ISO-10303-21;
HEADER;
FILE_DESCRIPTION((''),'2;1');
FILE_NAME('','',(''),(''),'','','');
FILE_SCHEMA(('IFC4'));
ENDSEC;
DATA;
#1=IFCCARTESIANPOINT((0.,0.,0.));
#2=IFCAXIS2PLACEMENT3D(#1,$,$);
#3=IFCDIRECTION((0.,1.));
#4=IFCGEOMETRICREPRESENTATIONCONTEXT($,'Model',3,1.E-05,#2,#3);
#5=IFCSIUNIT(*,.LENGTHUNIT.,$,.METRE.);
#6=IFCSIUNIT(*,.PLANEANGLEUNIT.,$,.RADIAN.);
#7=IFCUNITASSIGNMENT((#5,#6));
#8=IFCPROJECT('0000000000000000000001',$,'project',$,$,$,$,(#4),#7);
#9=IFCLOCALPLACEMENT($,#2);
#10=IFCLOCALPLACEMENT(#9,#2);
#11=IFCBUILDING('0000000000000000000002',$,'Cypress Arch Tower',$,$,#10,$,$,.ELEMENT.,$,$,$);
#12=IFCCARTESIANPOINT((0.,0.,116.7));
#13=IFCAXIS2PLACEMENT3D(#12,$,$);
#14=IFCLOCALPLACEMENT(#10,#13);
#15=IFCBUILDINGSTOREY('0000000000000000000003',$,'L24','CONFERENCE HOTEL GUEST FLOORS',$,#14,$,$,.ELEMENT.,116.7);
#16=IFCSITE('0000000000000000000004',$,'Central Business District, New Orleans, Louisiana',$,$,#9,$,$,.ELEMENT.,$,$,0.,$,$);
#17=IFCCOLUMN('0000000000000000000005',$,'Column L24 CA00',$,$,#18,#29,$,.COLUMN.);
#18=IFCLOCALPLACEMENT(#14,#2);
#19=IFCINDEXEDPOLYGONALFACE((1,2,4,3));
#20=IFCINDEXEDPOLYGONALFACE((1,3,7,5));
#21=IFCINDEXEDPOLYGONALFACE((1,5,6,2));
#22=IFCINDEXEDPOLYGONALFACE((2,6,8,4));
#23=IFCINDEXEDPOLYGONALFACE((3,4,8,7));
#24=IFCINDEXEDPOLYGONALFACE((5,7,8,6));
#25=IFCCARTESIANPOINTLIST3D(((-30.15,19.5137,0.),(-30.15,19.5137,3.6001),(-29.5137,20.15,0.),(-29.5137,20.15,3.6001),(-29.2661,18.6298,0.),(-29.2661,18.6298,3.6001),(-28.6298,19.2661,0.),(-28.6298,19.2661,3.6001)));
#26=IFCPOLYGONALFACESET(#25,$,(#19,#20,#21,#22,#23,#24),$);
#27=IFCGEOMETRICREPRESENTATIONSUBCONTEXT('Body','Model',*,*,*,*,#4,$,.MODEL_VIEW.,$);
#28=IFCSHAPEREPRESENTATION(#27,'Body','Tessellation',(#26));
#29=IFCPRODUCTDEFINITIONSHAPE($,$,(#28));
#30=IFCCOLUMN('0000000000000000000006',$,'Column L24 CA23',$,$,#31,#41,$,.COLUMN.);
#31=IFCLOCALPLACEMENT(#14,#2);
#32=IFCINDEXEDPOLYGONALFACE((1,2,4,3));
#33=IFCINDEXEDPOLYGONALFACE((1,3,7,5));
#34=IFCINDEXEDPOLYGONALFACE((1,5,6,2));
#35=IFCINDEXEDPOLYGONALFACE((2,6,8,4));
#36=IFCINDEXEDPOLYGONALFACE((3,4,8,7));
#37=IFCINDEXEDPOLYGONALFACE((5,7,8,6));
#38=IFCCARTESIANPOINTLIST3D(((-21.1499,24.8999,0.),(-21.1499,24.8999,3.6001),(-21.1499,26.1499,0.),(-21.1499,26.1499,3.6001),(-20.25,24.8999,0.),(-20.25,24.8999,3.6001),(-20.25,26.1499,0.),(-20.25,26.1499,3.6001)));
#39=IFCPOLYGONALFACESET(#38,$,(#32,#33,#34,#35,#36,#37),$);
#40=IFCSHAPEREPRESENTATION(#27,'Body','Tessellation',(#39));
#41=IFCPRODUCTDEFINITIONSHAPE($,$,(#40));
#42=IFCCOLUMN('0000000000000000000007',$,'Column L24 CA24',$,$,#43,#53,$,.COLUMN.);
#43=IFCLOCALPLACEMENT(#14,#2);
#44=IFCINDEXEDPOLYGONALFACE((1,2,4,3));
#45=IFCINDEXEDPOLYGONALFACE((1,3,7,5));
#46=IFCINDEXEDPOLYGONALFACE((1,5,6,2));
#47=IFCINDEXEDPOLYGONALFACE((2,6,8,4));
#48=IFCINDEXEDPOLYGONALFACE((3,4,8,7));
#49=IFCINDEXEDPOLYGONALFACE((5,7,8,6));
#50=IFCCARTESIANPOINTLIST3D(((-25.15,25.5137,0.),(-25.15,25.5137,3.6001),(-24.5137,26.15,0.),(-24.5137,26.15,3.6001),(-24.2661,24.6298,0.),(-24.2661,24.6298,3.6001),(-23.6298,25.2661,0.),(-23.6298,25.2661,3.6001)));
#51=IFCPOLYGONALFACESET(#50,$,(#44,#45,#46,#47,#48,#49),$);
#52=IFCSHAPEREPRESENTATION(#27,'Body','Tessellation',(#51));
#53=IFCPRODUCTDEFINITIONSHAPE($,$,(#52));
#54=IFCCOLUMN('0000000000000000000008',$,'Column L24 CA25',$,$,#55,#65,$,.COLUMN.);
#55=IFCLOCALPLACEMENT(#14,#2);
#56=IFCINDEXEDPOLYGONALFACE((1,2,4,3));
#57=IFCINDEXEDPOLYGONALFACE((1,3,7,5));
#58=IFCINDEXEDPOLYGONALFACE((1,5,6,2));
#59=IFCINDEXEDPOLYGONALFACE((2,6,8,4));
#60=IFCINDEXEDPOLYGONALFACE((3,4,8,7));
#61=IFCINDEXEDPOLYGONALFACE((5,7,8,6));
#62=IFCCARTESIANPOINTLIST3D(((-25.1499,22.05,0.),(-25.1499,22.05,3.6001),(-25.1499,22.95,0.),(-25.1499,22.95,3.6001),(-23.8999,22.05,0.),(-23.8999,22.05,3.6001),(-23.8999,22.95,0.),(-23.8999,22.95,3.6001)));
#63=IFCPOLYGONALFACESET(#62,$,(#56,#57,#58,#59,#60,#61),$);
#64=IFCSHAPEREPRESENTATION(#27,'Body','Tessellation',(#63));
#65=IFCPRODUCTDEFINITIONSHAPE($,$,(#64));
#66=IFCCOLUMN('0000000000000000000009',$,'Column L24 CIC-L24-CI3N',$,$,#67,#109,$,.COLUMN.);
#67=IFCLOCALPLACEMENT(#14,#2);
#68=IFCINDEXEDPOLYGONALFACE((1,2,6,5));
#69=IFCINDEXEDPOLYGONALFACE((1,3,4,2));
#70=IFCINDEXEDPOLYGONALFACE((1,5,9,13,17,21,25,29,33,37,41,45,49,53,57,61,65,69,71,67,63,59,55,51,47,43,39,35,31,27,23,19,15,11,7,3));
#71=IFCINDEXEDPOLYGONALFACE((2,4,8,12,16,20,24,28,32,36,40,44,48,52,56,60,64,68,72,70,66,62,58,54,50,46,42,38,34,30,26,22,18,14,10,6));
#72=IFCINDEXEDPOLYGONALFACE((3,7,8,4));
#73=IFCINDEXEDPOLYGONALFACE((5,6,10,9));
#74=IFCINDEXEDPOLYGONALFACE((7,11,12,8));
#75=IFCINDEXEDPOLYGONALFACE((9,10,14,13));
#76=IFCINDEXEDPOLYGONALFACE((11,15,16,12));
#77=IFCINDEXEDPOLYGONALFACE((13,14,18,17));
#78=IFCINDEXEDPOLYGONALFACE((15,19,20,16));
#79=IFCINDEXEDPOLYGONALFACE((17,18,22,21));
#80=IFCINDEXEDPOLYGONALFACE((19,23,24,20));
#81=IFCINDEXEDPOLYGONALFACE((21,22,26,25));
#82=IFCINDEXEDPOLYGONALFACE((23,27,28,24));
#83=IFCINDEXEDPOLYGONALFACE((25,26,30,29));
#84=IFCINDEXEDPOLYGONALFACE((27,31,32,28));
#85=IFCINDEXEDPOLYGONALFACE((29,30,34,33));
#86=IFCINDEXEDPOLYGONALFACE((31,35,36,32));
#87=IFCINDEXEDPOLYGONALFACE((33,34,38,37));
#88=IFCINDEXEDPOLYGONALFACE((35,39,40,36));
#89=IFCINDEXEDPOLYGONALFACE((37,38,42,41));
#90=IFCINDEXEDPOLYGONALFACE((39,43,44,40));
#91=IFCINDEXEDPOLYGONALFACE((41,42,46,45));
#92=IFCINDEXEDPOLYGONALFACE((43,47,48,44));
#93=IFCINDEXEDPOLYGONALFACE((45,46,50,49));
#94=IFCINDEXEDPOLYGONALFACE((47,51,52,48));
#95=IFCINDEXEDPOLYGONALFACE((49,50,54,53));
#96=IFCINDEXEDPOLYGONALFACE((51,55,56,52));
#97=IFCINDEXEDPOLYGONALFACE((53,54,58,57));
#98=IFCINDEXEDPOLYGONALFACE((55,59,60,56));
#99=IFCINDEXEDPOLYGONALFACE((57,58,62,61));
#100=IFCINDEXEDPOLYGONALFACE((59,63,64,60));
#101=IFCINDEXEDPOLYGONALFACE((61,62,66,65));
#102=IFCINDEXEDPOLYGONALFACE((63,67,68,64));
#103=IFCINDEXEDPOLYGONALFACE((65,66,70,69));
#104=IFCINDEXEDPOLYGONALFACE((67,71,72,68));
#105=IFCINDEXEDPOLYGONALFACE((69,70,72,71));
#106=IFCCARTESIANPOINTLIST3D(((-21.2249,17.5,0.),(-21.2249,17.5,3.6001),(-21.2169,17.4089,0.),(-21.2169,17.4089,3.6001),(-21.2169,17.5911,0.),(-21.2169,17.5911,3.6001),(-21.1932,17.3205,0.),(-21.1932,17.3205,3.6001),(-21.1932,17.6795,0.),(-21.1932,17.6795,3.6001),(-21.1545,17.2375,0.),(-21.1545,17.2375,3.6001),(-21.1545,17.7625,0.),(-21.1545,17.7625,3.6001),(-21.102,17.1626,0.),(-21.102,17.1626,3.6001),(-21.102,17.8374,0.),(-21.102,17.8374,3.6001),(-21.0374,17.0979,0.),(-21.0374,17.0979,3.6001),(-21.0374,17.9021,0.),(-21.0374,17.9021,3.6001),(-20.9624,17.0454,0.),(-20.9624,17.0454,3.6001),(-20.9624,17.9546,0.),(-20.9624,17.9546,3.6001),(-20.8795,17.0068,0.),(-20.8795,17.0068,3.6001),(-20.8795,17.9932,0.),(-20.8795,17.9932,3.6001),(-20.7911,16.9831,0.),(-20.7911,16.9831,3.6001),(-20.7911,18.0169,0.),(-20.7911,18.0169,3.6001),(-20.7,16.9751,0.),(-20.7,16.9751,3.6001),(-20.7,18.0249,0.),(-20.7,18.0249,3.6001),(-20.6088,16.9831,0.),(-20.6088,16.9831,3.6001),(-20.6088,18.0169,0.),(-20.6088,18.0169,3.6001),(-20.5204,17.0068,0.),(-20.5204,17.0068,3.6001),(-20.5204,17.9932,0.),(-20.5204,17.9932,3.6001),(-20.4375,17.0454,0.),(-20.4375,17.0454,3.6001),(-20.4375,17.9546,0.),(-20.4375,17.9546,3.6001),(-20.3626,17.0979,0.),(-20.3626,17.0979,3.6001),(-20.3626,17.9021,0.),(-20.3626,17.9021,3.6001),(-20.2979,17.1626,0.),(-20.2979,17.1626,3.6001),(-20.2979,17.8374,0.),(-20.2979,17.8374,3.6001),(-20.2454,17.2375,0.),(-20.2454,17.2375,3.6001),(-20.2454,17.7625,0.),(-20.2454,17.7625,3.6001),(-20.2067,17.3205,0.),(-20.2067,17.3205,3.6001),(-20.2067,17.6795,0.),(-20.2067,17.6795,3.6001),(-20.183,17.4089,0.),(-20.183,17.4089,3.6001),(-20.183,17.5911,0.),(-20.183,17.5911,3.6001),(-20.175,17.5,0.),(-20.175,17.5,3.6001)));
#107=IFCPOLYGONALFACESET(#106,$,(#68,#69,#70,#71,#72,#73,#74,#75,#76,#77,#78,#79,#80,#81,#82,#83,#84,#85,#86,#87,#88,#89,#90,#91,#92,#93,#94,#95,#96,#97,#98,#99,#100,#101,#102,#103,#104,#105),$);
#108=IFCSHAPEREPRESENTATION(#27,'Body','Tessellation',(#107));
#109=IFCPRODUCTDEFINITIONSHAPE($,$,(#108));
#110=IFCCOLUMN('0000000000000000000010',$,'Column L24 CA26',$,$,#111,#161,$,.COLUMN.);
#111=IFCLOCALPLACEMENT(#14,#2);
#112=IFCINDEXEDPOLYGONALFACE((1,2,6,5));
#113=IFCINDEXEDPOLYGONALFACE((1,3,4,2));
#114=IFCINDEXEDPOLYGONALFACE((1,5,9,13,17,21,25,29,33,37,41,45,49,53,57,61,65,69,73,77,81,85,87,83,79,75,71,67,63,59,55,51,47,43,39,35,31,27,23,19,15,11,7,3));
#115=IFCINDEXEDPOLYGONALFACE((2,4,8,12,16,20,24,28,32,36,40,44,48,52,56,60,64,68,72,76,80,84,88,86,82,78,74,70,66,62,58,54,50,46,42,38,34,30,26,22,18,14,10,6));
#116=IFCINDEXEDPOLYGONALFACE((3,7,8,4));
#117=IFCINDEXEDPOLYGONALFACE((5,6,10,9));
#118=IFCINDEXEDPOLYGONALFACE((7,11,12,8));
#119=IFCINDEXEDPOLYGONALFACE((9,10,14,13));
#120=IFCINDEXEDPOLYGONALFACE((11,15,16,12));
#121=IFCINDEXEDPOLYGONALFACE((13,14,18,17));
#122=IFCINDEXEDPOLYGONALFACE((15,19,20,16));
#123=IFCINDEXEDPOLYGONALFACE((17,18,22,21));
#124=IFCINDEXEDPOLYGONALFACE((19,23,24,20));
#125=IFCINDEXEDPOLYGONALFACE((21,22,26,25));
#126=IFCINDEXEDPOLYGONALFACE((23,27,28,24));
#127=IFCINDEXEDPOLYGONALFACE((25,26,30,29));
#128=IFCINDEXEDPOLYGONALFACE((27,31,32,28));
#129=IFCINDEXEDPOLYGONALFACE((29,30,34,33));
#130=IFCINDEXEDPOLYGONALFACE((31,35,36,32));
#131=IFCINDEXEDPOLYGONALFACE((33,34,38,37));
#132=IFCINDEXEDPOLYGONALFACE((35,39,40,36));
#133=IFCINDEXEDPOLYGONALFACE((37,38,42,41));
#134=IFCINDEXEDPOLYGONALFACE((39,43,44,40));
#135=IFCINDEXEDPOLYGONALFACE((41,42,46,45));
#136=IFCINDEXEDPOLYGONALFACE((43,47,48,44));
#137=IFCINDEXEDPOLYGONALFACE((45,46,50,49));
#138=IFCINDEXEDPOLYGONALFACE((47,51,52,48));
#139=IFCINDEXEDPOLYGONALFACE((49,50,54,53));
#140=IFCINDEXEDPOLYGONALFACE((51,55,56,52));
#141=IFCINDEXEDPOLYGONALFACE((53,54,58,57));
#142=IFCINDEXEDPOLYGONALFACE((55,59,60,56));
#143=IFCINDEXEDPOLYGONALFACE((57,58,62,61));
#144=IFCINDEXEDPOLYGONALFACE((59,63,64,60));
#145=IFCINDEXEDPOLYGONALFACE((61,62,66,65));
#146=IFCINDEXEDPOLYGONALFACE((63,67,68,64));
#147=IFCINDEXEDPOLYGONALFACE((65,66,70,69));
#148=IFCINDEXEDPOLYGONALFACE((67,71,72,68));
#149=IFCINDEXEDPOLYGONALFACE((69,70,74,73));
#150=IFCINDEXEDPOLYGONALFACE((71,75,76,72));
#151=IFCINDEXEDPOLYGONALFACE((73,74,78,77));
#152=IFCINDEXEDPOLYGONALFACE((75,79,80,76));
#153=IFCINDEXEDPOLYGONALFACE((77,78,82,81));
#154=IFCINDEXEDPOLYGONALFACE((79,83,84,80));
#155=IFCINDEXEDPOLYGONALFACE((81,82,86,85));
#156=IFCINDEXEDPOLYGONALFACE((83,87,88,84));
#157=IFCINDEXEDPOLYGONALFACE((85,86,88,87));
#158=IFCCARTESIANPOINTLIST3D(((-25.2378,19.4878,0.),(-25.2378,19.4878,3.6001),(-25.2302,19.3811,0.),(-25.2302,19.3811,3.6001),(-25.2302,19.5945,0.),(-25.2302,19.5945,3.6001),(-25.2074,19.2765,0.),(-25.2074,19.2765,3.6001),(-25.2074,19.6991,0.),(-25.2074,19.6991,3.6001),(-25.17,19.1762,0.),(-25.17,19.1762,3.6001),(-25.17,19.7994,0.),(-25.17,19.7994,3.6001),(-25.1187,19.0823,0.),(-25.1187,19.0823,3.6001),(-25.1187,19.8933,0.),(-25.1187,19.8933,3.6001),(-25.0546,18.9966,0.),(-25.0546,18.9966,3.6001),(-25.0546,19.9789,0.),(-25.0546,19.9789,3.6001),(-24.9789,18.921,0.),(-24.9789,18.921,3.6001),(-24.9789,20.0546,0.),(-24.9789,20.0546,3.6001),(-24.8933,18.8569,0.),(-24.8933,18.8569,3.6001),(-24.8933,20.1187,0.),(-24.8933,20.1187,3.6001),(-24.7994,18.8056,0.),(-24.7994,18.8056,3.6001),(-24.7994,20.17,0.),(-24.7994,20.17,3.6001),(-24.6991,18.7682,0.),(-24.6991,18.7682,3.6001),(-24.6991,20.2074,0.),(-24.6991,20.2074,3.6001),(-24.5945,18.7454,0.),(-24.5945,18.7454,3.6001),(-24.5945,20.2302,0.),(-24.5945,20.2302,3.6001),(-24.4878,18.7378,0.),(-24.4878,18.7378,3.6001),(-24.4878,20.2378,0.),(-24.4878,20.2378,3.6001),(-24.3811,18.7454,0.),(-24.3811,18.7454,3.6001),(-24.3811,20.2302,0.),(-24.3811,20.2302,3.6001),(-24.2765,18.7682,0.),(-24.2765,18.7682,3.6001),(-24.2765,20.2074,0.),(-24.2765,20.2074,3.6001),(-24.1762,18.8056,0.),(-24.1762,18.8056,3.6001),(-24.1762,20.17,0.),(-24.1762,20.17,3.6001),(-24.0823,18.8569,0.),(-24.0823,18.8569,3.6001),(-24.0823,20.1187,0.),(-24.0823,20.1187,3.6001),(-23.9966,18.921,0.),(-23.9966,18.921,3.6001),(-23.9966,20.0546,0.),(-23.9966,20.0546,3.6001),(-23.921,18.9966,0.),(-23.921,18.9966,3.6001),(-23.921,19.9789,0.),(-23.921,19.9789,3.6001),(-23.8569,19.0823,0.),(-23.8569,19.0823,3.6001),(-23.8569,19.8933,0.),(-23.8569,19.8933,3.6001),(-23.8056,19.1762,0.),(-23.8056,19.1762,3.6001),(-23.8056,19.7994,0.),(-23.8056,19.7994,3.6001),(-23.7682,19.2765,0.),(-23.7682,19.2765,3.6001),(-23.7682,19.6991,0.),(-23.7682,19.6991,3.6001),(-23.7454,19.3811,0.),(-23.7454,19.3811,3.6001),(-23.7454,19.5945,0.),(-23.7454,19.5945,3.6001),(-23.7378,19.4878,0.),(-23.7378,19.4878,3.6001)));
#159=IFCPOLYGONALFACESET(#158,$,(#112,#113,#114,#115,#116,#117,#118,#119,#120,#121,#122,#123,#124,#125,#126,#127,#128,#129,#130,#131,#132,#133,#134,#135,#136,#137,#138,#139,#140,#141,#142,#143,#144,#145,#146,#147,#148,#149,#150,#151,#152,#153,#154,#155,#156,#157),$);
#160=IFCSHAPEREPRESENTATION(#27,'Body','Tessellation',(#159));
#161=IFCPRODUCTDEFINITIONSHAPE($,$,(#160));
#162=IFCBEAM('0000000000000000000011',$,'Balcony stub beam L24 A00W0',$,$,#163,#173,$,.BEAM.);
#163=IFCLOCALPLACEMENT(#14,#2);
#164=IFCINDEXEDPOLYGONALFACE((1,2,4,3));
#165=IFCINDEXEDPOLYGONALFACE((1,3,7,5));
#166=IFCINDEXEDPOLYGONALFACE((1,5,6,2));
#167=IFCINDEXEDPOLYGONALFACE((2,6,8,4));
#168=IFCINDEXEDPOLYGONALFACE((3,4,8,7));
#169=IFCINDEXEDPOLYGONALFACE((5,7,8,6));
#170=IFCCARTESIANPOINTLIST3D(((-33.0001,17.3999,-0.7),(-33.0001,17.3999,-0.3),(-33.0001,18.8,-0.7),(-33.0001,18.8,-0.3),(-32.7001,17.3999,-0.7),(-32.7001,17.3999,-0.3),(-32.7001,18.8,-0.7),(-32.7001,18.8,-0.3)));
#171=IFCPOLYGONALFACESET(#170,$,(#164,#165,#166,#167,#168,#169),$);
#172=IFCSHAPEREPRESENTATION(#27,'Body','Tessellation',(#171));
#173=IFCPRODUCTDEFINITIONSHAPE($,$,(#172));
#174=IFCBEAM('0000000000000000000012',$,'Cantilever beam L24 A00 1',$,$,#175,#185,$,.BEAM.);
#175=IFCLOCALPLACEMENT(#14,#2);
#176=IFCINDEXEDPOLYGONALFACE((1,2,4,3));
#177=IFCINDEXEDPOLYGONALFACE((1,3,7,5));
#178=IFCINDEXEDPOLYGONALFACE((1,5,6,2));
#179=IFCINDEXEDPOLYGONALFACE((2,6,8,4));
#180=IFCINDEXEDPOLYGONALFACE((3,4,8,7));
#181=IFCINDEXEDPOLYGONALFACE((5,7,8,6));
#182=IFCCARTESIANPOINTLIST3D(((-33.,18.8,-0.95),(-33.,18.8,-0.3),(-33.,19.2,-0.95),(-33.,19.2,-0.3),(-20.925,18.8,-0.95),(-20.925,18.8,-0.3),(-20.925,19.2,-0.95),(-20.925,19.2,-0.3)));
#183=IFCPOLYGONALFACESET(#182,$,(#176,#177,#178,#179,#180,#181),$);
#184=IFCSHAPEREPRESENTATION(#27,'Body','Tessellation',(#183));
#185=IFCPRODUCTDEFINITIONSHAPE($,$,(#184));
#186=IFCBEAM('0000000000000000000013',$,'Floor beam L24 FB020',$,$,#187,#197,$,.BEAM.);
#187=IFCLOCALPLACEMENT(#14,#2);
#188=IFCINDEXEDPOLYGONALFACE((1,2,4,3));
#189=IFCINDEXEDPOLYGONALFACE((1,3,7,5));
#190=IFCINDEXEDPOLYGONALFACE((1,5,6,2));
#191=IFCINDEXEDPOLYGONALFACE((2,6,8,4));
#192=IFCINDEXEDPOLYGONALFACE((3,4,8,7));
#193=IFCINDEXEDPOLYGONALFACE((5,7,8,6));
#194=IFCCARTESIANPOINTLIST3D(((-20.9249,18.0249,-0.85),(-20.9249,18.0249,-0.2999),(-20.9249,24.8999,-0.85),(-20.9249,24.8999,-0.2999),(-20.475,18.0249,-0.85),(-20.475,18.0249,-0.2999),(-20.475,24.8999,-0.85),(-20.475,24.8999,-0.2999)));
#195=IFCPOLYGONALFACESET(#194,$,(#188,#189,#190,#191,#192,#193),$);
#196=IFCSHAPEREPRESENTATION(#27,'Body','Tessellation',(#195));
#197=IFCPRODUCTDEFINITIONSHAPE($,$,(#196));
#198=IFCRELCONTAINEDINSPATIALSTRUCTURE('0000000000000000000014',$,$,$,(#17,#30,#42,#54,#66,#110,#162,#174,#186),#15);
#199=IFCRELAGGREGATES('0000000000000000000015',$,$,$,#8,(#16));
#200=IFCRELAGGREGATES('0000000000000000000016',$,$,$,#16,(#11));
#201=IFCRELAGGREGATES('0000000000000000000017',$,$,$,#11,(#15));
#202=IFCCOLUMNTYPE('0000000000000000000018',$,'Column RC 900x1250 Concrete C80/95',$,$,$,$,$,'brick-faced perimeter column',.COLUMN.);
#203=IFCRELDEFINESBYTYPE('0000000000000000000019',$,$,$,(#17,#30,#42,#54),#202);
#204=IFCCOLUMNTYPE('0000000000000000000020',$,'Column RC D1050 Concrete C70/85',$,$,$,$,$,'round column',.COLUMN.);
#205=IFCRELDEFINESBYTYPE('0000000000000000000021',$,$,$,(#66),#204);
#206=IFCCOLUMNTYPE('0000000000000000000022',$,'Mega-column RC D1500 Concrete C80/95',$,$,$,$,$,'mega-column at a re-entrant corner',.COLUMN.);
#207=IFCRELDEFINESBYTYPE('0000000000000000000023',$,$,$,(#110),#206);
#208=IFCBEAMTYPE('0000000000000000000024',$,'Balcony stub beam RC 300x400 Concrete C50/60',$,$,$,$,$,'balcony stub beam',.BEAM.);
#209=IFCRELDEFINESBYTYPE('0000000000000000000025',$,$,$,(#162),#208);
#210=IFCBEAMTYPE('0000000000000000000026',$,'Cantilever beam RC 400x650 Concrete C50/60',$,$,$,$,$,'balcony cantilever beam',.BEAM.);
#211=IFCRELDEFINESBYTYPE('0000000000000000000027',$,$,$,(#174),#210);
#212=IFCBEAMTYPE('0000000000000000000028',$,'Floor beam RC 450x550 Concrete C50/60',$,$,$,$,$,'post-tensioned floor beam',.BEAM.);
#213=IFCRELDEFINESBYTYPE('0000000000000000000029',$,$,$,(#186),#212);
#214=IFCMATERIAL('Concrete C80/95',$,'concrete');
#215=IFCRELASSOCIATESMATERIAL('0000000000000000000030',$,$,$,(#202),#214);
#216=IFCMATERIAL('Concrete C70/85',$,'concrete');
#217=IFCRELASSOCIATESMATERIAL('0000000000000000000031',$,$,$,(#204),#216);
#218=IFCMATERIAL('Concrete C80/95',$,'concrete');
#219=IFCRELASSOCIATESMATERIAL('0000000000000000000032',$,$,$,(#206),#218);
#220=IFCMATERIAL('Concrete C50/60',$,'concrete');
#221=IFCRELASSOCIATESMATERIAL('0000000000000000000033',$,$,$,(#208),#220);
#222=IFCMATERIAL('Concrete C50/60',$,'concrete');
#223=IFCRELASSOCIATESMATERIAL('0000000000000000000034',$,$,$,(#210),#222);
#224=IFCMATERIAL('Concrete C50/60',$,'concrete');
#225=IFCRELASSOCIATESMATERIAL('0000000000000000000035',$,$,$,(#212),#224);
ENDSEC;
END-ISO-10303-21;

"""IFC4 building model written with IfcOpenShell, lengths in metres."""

from ifc_helpers import new_model, si_unit, direction, frame, origin, origin_2d, place, context, subcontext, project, spatial, rectangle, circle, extrude, material, material_profile, profile_set, type_object, element, save


model = new_model("IFC4")

# Units and contexts
model_context = context("Model", 3, precision=1e-05, world=origin(), true_north=direction((0.0, 1.0)))
body_context = subcontext(model_context, "Body", "Model", "MODEL_VIEW")
ifc_project = project(units=[si_unit("LENGTHUNIT", "METRE"), si_unit("PLANEANGLEUNIT", "RADIAN")], contexts=[model_context])

# Site, building, storey
site_placement = place(None, origin())
site = spatial("IfcSite", under=ifc_project, at=site_placement, Name="Central Business District, New Orleans, Louisiana", CompositionType="ELEMENT", RefElevation=0.0)
building_placement = place(site_placement, origin())
building = spatial("IfcBuilding", under=site, at=building_placement, Name="Cypress Arch Tower", CompositionType="ELEMENT")
storey_placement = place(building_placement, frame((0.0, 0.0, 116.7)))
storey = spatial("IfcBuildingStorey", under=building, at=storey_placement, Name="L24", Description="CONFERENCE HOTEL GUEST FLOORS", CompositionType="ELEMENT", Elevation=116.7)

# Columns
ifc_material_1 = material(Name="Concrete C80/95", Category="concrete")
ifc_material_profile_1 = material_profile(ifc_material_1, rectangle(XDim=0.8999, YDim=1.25, at=origin_2d()), Name="RC 900x1250")
ifc_profile_set_1 = profile_set([ifc_material_profile_1], Name="Concrete C80/95")
column_type_1 = type_object("IfcColumnType", Name="Column RC 900x1250 Concrete C80/95", ElementType="brick-faced perimeter column", PredefinedType="COLUMN", material=ifc_profile_set_1)
for number, where, z_axis, x_axis, name in (
    (1, (-29.3899, 19.3899, 0.0), (0.0, 0.0, 1.0), (-0.707107, -0.707107, 0.0), "Column L24 CA00"),
    (2, (-20.7, 25.5249, 0.0), (0.0, 0.0, 1.0), (-1.0, 0.0, 0.0), "Column L24 CA23"),
    (3, (-24.3899, 25.3899, 0.0), (0.0, 0.0, 1.0), (-0.707107, -0.707107, 0.0), "Column L24 CA24"),
    (4, (-24.5249, 22.5, 0.0), (0.0, 0.0, 1.0), (0.0, -1.0, 0.0), "Column L24 CA25"),
):
    element("IfcColumn", number, at=place(storey_placement, frame(where, z_axis=z_axis, x_axis=x_axis)), inside=storey, type_object=column_type_1, Name=name, PredefinedType="COLUMN", context=body_context, shape_type="SweptSolid", body=[
        extrude(rectangle(XDim=0.8999, YDim=1.25, at=origin_2d()), origin(), (0.0, 0.0, 1.0), 3.6001),
    ])
ifc_material_2 = material(Name="Concrete C70/85", Category="concrete")
ifc_material_profile_2 = material_profile(ifc_material_2, circle(Radius=0.5249, at=origin_2d()), Name="RC D1050")
ifc_profile_set_2 = profile_set([ifc_material_profile_2], Name="Concrete C70/85")
column_type_2 = type_object("IfcColumnType", Name="Column RC D1050 Concrete C70/85", ElementType="round column", PredefinedType="COLUMN", material=ifc_profile_set_2)
column_1_placement = place(storey_placement, frame((-20.7, 17.5, 0.0), z_axis=(0.0, 0.0, 1.0), x_axis=(1.0, 0.0, 0.0)))
element("IfcColumn", 5, at=column_1_placement, inside=storey, type_object=column_type_2, Name="Column L24 CIC-L24-CI3N", PredefinedType="COLUMN", context=body_context, shape_type="SweptSolid", body=[
    extrude(circle(Radius=0.5249, at=origin_2d()), origin(), (0.0, 0.0, 1.0), 3.6001),
])
ifc_material_3 = material(Name="Concrete C80/95", Category="concrete")
ifc_material_profile_3 = material_profile(ifc_material_3, circle(Radius=0.75, at=origin_2d()), Name="RC D1500")
ifc_profile_set_3 = profile_set([ifc_material_profile_3], Name="Concrete C80/95")
column_type_3 = type_object("IfcColumnType", Name="Mega-column RC D1500 Concrete C80/95", ElementType="mega-column at a re-entrant corner", PredefinedType="COLUMN", material=ifc_profile_set_3)
column_2_placement = place(storey_placement, frame((-24.4878, 19.4878, 0.0), z_axis=(0.0, 0.0, 1.0), x_axis=(1.0, 0.0, 0.0)))
element("IfcColumn", 6, at=column_2_placement, inside=storey, type_object=column_type_3, Name="Column L24 CA26", PredefinedType="COLUMN", context=body_context, shape_type="SweptSolid", body=[
    extrude(circle(Radius=0.75, at=origin_2d()), origin(), (0.0, 0.0, 1.0), 3.6001),
])

# Beams
ifc_material_4 = material(Name="Concrete C50/60", Category="concrete")
ifc_material_profile_4 = material_profile(ifc_material_4, rectangle(XDim=0.3, YDim=0.3999, at=origin_2d()), Name="RC 300x400")
ifc_profile_set_4 = profile_set([ifc_material_profile_4], Name="Concrete C50/60")
beam_type_1 = type_object("IfcBeamType", Name="Balcony stub beam RC 300x400 Concrete C50/60", ElementType="balcony stub beam", PredefinedType="BEAM", material=ifc_profile_set_4)
beam_1_placement = place(storey_placement, frame((-32.8501, 18.8, -0.5), z_axis=(0.0, -1.0, 0.0), x_axis=(1.0, 0.0, 0.0)))
element("IfcBeam", 7, at=beam_1_placement, inside=storey, type_object=beam_type_1, Name="Balcony stub beam L24 A00W0", PredefinedType="BEAM", context=body_context, shape_type="SweptSolid", body=[
    extrude(rectangle(XDim=0.3, YDim=0.3999, at=origin_2d()), origin(), (0.0, 0.0, 1.0), 1.4001),
])
ifc_material_5 = material(Name="Concrete C50/60", Category="concrete")
ifc_material_profile_5 = material_profile(ifc_material_5, rectangle(XDim=0.3999, YDim=0.6499, at=origin_2d()), Name="RC 400x650")
ifc_profile_set_5 = profile_set([ifc_material_profile_5], Name="Concrete C50/60")
beam_type_2 = type_object("IfcBeamType", Name="Cantilever beam RC 400x650 Concrete C50/60", ElementType="balcony cantilever beam", PredefinedType="BEAM", material=ifc_profile_set_5)
beam_2_placement = place(storey_placement, frame((-20.925, 19.0, -0.625), z_axis=(-1.0, 0.0, 0.0), x_axis=(0.0, -1.0, 0.0)))
element("IfcBeam", 8, at=beam_2_placement, inside=storey, type_object=beam_type_2, Name="Cantilever beam L24 A00 1", PredefinedType="BEAM", context=body_context, shape_type="SweptSolid", body=[
    extrude(rectangle(XDim=0.3999, YDim=0.6499, at=origin_2d()), origin(), (0.0, 0.0, 1.0), 12.075),
])
ifc_material_6 = material(Name="Concrete C50/60", Category="concrete")
ifc_material_profile_6 = material_profile(ifc_material_6, rectangle(XDim=0.45, YDim=0.55, at=origin_2d()), Name="RC 450x550")
ifc_profile_set_6 = profile_set([ifc_material_profile_6], Name="Concrete C50/60")
beam_type_3 = type_object("IfcBeamType", Name="Floor beam RC 450x550 Concrete C50/60", ElementType="post-tensioned floor beam", PredefinedType="BEAM", material=ifc_profile_set_6)
beam_3_placement = place(storey_placement, frame((-20.7, 18.0249, -0.575), z_axis=(0.0, 1.0, 0.0), x_axis=(-1.0, 0.0, 0.0)))
element("IfcBeam", 9, at=beam_3_placement, inside=storey, type_object=beam_type_3, Name="Floor beam L24 FB020", PredefinedType="BEAM", context=body_context, shape_type="SweptSolid", body=[
    extrude(rectangle(XDim=0.45, YDim=0.55, at=origin_2d()), origin(), (0.0, 0.0, 1.0), 6.875),
])

save(model, "model.ifc")
